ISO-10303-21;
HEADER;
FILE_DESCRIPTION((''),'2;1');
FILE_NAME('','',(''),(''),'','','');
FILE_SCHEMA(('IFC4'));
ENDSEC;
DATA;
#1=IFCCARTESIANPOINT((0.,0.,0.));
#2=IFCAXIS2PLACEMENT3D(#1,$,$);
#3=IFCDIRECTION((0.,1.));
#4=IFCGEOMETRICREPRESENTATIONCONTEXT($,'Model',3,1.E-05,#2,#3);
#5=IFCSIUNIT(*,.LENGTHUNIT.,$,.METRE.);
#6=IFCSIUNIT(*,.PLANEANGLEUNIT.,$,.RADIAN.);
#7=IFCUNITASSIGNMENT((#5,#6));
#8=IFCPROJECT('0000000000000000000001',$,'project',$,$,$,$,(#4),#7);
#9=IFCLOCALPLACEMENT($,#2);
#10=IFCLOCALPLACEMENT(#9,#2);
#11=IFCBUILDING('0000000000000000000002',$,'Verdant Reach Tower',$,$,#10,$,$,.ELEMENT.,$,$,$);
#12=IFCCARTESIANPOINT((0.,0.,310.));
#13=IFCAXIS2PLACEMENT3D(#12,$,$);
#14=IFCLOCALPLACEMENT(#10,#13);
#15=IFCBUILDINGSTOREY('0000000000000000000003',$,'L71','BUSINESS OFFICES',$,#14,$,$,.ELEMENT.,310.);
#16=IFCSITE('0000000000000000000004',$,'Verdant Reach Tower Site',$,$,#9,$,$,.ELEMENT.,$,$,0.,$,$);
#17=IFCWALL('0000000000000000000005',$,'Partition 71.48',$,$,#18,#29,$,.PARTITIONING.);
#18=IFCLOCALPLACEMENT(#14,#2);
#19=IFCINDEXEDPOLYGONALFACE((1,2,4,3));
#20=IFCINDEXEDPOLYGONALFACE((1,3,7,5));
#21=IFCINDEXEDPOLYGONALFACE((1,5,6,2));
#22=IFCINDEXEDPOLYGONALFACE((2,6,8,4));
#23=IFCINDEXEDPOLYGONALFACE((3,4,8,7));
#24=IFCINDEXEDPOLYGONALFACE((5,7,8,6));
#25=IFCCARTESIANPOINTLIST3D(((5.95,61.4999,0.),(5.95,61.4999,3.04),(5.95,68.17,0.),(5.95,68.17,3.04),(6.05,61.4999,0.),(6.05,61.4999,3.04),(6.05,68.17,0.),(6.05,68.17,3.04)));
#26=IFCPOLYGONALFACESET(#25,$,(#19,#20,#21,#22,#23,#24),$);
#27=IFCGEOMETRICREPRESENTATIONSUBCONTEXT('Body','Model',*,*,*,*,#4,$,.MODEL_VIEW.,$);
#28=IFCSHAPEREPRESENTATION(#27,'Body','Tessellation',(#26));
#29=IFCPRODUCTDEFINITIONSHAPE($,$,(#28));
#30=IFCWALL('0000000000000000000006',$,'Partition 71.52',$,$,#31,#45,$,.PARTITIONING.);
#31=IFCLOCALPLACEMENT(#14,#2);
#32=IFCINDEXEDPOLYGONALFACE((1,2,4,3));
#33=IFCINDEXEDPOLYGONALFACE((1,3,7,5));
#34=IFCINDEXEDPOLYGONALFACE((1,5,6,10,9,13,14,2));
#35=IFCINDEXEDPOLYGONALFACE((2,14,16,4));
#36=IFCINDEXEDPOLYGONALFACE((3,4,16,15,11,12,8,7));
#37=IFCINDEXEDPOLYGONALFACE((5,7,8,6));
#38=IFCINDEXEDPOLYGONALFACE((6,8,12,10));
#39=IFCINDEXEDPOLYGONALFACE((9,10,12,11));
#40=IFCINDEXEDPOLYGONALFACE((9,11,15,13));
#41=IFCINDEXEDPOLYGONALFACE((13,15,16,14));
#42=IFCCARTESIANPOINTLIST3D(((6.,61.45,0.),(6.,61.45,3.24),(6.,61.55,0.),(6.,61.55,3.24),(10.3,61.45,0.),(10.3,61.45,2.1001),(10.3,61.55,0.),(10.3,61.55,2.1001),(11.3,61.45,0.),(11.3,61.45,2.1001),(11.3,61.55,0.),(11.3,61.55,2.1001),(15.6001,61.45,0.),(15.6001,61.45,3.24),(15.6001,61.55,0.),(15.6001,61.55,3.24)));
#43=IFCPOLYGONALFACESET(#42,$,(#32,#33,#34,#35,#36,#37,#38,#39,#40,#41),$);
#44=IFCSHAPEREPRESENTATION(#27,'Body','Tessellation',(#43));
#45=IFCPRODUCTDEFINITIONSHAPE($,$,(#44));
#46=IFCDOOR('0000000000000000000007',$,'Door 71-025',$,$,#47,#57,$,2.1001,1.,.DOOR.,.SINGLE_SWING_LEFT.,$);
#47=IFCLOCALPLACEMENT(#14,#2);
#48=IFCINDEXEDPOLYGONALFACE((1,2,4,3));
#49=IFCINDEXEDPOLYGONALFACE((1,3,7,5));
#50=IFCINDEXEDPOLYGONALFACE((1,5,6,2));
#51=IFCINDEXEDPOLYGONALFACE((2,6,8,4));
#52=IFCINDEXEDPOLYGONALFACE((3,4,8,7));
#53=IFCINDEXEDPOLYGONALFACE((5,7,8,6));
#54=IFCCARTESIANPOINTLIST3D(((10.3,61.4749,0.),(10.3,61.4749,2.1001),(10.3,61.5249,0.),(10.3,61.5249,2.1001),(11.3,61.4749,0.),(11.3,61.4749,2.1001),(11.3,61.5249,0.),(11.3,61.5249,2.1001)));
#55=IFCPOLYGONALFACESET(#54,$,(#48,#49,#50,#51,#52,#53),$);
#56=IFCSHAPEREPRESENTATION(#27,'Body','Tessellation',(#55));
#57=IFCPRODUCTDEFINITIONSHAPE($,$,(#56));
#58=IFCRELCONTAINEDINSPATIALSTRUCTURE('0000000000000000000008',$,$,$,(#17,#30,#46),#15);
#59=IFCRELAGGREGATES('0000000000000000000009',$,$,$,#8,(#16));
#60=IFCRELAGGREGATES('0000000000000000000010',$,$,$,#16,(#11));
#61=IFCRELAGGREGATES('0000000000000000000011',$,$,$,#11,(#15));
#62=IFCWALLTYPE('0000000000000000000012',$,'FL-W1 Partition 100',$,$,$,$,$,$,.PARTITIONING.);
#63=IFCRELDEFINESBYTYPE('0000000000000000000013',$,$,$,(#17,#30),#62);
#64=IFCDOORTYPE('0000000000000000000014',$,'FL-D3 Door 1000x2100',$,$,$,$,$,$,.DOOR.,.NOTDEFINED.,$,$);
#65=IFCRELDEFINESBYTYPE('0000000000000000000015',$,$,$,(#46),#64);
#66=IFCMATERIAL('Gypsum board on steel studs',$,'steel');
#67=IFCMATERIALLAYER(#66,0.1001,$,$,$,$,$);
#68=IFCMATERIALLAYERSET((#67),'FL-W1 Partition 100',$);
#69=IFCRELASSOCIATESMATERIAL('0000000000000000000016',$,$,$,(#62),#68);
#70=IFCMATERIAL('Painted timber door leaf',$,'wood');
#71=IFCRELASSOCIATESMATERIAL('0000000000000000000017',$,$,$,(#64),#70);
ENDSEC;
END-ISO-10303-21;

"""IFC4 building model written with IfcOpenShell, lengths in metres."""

from ifc_helpers import new_model, si_unit, direction, frame, frame_2d, origin, place, context, subcontext, project, spatial, rectangle, extrude, material, layer, layer_set, type_object, element, fill, save


model = new_model("IFC4")

# Units and contexts
model_context = context("Model", 3, precision=1e-05, world=origin(), true_north=direction((0.0, 1.0)))
body_context = subcontext(model_context, "Body", "Model", "MODEL_VIEW")
ifc_project = project(units=[si_unit("LENGTHUNIT", "METRE"), si_unit("PLANEANGLEUNIT", "RADIAN")], contexts=[model_context])

# Site, building, storey
site_placement = place(None, origin())
site = spatial("IfcSite", under=ifc_project, at=site_placement, Name="Verdant Reach Tower Site", CompositionType="ELEMENT", RefElevation=0.0)
building_placement = place(site_placement, origin())
building = spatial("IfcBuilding", under=site, at=building_placement, Name="Verdant Reach Tower", CompositionType="ELEMENT")
storey_placement = place(building_placement, frame((0.0, 0.0, 310.0)))
storey = spatial("IfcBuildingStorey", under=building, at=storey_placement, Name="L71", Description="BUSINESS OFFICES", CompositionType="ELEMENT", Elevation=310.0)

# Shared definitions
ifc_material_1 = material(Name="Gypsum board on steel studs", Category="steel")
ifc_layer_1 = layer(ifc_material_1, 0.1001)
ifc_layer_set_1 = layer_set([ifc_layer_1], Name="FL-W1 Partition 100")
wall_type = type_object("IfcWallType", Name="FL-W1 Partition 100", PredefinedType="PARTITIONING", material=ifc_layer_set_1)

# Shared definitions
ifc_material_2 = material(Name="Painted timber door leaf", Category="wood")
door_type = type_object("IfcDoorType", Name="FL-D3 Door 1000x2100", OperationType="NOTDEFINED", PredefinedType="DOOR", material=ifc_material_2)

# Wall
wall_1_placement = place(storey_placement, frame((6.0, 61.5, 0.0), z_axis=(0.0, 0.0, 1.0), x_axis=(0.0, 1.0, 0.0)))
element("IfcWall", 1, at=wall_1_placement, inside=storey, type_object=wall_type, Name="Partition 71.48", PredefinedType="PARTITIONING", context=body_context, shape_type="SweptSolid", body=[
    extrude(rectangle(XDim=6.6702, YDim=0.1001, at=frame_2d((3.335, 0.0))), origin(), (0.0, 0.0, 1.0), 3.04),
])

# Wall, opening, door
wall_2_placement = place(storey_placement, frame((6.0, 61.5, 0.0), z_axis=(0.0, 0.0, 1.0), x_axis=(1.0, 0.0, 0.0)))
wall_2 = element("IfcWall", 2, at=wall_2_placement, inside=storey, type_object=wall_type, Name="Partition 71.52", PredefinedType="PARTITIONING", context=body_context, shape_type="SweptSolid", body=[
    extrude(rectangle(XDim=9.6001, YDim=0.1001, at=frame_2d((4.8, 0.0))), origin(), (0.0, 0.0, 1.0), 3.24),
])
opening_1_placement = place(wall_2_placement, frame((4.3, 0.0, 0.0)))
opening_1 = element("IfcOpeningElement", 3, at=opening_1_placement, cuts=wall_2, PredefinedType="OPENING", context=body_context, shape_type="SweptSolid", body=[
    extrude(rectangle(XDim=1.0, YDim=2.1001, at=frame_2d((0.5, 1.05))), frame((0.0, 0.0601, 0.0), z_axis=(0.0, -1.0, 0.0), x_axis=(1.0, 0.0, 0.0)), (0.0, 0.0, 1.0), 0.1201),
])
door_1_placement = place(opening_1_placement, origin())
door_1 = element("IfcDoor", 4, at=door_1_placement, inside=storey, type_object=door_type, Name="Door 71-025", OperationType="SINGLE_SWING_LEFT", OverallHeight=2.1001, OverallWidth=1.0, PredefinedType="DOOR", context=body_context, shape_type="SweptSolid", body=[
    extrude(rectangle(XDim=1.0, YDim=2.1001, at=frame_2d((0.5, 1.05))), frame((0.0, 0.0249, 0.0), z_axis=(0.0, -1.0, 0.0), x_axis=(1.0, 0.0, 0.0)), (0.0, 0.0, 1.0), 0.05),
])
fill(opening_1, door_1)

save(model, "model.ifc")
